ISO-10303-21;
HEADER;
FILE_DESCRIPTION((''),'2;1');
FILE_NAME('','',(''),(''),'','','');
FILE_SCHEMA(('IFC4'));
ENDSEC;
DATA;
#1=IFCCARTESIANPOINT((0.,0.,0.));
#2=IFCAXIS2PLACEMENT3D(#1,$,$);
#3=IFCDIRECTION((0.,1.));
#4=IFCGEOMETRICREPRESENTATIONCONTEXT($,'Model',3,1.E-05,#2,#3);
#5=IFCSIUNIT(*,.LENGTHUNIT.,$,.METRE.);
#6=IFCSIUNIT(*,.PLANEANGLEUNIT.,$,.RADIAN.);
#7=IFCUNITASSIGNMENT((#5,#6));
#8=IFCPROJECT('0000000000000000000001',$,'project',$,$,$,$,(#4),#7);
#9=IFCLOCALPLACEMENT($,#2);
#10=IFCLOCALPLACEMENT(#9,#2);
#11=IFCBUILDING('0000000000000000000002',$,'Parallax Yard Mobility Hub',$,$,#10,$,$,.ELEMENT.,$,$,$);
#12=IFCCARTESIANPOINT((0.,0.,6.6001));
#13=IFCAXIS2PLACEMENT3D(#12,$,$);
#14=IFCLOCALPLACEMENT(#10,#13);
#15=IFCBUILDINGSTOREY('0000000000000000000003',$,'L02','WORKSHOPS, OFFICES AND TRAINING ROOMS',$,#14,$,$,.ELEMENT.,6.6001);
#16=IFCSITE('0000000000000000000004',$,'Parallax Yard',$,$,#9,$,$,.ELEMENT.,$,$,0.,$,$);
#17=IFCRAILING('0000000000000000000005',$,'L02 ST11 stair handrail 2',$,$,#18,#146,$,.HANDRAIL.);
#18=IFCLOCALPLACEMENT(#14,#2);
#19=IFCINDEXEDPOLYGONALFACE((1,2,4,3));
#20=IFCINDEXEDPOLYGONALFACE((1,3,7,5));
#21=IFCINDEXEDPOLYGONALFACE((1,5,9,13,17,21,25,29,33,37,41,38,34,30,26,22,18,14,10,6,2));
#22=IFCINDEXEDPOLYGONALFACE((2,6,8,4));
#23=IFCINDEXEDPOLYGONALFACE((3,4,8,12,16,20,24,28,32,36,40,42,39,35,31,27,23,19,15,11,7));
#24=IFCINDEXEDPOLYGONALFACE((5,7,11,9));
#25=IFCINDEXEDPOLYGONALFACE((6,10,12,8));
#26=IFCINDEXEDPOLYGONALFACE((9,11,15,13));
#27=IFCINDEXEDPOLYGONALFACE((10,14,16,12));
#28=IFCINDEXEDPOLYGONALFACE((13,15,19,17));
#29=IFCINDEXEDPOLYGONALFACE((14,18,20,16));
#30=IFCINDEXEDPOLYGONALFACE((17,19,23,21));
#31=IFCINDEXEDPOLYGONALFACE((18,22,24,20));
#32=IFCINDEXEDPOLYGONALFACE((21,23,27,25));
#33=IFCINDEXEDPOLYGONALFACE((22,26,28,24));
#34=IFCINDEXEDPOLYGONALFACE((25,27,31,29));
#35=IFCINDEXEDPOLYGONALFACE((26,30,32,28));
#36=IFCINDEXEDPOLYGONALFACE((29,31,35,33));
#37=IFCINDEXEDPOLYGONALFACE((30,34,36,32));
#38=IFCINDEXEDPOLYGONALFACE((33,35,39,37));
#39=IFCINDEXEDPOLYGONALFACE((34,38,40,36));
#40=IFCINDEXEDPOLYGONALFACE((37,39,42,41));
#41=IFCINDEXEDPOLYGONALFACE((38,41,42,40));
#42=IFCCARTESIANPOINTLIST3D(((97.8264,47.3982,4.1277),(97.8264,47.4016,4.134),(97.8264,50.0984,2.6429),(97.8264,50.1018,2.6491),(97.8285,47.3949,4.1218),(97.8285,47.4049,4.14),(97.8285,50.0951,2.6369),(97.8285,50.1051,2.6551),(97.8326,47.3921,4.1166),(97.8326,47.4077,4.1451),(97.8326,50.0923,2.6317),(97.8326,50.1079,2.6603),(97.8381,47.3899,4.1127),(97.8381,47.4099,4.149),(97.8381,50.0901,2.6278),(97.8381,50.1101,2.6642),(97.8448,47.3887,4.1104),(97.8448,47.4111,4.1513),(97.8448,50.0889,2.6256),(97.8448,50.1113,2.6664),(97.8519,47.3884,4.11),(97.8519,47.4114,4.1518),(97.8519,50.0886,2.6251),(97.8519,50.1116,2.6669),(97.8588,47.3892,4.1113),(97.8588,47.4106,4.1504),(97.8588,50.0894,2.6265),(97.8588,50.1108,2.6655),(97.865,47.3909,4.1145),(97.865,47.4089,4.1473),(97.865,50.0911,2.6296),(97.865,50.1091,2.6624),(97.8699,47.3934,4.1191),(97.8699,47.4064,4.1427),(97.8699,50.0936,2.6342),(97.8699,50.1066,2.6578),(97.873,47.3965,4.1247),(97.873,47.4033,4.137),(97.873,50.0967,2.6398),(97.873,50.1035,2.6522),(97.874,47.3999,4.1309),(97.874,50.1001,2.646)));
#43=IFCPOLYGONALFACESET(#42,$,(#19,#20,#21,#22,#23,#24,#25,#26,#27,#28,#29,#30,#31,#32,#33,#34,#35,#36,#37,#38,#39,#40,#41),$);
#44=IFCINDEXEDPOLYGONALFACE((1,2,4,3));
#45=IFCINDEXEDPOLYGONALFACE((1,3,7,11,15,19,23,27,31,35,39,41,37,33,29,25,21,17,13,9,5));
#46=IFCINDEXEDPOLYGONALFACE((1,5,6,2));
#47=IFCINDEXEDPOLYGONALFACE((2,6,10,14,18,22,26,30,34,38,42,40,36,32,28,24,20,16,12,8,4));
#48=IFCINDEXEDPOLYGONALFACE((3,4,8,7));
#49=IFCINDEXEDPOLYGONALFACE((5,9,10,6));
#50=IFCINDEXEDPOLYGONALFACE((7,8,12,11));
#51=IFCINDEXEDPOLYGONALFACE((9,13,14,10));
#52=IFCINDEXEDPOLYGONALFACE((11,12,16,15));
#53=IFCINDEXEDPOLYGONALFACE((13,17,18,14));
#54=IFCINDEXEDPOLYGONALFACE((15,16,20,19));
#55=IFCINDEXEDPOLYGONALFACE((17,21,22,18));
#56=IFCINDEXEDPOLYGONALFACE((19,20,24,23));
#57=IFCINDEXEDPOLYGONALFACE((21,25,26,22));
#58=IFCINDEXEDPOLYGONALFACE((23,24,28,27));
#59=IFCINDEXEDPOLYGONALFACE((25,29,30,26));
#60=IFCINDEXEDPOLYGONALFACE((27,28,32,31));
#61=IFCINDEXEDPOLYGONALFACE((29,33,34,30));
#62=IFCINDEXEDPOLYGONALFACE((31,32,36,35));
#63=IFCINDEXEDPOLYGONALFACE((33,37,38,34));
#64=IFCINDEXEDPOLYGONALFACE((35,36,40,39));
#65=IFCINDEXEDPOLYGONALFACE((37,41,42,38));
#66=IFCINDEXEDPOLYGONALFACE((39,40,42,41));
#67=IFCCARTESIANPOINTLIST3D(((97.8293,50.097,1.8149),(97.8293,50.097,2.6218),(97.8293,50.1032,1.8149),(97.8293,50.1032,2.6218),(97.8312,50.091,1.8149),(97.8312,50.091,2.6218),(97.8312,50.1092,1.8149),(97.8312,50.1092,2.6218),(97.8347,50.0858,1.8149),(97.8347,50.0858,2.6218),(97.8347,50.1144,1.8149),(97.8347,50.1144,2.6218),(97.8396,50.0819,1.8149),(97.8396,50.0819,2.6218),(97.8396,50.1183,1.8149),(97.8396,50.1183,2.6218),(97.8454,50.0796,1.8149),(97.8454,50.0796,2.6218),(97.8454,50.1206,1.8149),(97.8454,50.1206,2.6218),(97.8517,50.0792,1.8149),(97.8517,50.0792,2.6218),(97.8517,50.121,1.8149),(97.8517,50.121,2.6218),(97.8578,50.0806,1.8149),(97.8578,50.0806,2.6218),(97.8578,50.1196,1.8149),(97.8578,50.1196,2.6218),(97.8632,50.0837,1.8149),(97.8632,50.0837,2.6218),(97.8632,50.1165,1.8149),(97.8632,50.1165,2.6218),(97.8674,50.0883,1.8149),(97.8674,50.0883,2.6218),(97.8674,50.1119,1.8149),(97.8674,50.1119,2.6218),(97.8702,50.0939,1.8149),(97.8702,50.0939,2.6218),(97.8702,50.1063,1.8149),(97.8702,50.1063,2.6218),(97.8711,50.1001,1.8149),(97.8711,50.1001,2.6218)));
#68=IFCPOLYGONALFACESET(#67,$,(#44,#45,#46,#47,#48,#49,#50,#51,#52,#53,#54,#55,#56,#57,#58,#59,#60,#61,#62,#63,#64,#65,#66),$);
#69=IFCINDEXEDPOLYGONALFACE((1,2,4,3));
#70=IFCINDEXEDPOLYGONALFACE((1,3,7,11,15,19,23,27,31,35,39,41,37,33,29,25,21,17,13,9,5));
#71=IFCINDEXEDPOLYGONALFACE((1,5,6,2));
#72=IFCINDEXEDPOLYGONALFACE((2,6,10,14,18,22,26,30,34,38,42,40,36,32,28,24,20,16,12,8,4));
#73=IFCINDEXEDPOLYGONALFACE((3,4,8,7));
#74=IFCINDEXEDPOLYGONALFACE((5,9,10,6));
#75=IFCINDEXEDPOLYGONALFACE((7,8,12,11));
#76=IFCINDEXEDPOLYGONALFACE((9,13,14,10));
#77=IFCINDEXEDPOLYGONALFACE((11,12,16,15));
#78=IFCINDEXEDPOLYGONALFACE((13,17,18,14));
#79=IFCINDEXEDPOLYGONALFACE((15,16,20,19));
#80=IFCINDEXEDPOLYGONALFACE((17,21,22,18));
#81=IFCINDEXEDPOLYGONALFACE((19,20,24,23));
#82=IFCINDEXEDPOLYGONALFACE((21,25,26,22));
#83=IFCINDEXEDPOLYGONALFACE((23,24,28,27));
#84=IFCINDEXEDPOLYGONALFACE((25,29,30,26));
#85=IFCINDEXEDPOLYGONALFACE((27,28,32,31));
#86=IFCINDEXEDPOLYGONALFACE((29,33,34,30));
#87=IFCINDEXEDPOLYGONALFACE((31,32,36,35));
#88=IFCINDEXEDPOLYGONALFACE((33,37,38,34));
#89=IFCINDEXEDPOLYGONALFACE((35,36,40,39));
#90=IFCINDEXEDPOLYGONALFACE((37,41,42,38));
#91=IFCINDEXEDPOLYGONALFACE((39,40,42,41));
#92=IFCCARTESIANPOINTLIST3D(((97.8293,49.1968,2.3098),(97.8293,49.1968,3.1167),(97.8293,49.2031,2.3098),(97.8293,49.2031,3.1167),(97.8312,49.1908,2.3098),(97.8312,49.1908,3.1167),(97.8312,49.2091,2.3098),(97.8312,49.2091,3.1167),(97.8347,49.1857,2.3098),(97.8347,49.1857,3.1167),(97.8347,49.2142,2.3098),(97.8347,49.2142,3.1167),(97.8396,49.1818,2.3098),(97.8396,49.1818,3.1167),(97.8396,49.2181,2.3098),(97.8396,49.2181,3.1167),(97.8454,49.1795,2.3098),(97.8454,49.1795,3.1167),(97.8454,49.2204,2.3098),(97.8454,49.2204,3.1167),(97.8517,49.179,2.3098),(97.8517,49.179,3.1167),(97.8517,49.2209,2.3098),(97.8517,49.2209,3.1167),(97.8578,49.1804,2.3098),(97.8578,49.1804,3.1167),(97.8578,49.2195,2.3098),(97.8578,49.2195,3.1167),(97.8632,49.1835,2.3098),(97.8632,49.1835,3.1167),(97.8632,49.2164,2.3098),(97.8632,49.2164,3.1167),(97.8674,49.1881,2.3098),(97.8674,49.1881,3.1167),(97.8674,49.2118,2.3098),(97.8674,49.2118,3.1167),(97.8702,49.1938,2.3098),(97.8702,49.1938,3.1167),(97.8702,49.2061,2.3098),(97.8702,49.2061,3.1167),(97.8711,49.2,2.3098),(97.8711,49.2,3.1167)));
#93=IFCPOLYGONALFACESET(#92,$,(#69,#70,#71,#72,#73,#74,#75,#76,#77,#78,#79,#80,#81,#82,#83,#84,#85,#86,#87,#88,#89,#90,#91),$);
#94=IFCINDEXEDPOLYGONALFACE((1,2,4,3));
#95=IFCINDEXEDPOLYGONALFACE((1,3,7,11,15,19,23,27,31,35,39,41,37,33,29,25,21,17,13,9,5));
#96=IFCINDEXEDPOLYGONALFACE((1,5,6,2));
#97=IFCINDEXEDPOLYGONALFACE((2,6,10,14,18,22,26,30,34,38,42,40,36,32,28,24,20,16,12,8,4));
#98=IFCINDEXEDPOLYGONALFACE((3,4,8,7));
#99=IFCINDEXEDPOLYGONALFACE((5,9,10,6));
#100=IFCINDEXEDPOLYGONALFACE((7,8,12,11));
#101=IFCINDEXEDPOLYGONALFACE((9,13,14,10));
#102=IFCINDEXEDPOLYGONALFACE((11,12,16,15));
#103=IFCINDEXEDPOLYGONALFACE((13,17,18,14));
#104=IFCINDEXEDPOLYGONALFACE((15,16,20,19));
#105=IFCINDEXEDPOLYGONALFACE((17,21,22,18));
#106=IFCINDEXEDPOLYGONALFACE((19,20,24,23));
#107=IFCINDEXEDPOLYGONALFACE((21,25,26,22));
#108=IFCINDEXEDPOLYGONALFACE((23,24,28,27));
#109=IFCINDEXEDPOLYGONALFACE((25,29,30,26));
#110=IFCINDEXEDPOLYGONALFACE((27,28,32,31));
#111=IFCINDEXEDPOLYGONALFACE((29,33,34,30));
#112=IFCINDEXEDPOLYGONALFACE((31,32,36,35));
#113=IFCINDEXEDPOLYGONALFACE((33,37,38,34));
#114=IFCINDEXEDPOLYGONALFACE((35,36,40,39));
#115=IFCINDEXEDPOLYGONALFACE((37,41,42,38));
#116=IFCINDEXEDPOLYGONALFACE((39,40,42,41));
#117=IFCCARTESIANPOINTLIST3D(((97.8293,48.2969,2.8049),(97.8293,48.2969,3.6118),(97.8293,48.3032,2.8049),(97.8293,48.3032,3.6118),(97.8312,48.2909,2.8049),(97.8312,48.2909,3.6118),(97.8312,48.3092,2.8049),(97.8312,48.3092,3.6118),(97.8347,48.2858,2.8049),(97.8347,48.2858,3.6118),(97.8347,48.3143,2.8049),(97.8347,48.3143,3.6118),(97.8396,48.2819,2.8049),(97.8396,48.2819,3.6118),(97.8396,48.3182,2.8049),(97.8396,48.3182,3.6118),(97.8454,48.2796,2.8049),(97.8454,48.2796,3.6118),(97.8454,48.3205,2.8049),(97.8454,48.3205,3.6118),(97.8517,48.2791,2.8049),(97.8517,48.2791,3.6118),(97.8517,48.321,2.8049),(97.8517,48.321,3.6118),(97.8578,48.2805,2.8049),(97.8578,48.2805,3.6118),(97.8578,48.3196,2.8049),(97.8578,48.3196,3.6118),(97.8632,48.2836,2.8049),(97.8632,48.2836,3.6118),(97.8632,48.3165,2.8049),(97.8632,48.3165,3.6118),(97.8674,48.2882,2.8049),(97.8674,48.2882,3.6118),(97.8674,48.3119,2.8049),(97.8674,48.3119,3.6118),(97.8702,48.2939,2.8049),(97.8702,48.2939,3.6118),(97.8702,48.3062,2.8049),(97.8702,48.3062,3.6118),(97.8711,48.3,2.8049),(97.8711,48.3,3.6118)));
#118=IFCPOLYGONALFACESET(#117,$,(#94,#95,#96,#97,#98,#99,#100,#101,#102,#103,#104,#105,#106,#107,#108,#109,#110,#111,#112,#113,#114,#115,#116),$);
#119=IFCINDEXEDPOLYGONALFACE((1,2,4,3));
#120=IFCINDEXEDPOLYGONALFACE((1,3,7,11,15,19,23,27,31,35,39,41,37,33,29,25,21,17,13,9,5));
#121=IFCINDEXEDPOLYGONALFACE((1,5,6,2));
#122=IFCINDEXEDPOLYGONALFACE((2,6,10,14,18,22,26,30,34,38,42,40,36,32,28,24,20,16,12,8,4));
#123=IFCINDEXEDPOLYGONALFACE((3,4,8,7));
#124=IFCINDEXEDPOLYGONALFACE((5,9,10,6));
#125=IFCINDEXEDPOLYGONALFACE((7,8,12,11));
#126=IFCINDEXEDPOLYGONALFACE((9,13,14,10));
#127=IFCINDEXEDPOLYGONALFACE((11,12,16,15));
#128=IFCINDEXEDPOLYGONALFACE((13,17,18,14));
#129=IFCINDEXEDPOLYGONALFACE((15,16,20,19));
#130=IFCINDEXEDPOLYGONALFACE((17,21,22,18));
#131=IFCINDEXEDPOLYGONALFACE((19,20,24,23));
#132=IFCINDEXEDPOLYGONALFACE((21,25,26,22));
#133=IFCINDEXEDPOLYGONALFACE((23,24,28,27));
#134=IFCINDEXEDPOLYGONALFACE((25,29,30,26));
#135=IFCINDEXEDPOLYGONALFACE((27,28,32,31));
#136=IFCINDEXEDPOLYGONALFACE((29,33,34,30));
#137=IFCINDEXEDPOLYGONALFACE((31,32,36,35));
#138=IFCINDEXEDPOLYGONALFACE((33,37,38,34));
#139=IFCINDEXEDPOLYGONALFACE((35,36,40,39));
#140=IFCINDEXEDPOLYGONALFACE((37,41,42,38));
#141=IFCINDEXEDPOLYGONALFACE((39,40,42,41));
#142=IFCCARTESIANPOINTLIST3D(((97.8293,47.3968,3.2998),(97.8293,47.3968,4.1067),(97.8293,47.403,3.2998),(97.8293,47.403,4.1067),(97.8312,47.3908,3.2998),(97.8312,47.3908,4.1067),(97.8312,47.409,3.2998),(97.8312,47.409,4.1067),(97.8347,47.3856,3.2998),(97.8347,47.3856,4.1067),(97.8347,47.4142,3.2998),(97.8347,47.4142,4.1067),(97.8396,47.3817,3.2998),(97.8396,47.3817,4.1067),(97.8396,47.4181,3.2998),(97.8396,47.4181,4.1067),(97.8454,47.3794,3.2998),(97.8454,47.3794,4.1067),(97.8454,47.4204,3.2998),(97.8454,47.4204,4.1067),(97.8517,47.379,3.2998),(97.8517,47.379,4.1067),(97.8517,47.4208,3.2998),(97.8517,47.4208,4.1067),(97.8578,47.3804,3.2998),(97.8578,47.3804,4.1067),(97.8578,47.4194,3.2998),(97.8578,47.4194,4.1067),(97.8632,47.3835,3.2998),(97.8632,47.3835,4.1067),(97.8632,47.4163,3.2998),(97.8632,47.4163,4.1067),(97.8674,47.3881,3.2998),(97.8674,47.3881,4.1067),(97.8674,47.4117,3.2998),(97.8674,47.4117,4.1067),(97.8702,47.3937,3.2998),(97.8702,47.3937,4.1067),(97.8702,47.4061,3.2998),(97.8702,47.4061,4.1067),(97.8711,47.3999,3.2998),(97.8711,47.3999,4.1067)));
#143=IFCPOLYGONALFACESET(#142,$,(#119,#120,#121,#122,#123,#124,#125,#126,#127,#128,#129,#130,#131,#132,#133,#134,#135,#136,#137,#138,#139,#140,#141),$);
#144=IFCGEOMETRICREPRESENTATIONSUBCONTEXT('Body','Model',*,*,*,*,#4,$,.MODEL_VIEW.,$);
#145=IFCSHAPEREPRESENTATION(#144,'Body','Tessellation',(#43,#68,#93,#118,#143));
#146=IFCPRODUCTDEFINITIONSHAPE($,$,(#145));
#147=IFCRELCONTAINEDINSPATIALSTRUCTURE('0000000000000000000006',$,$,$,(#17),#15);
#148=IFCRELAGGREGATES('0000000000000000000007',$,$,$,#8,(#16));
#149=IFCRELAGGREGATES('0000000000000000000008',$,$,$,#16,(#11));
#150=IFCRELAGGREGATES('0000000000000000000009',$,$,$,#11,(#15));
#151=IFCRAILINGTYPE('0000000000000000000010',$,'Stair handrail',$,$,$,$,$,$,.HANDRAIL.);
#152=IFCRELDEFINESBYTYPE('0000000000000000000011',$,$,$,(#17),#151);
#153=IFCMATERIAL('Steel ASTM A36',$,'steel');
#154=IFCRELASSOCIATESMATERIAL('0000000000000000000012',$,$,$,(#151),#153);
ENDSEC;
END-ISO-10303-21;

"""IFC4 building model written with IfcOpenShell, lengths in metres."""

from ifc_helpers import new_model, si_unit, direction, frame, origin, origin_2d, place, context, subcontext, project, spatial, circle, extrude, material, type_object, element, save


model = new_model("IFC4")

# Units and contexts
model_context = context("Model", 3, precision=1e-05, world=origin(), true_north=direction((0.0, 1.0)))
body_context = subcontext(model_context, "Body", "Model", "MODEL_VIEW")
ifc_project = project(units=[si_unit("LENGTHUNIT", "METRE"), si_unit("PLANEANGLEUNIT", "RADIAN")], contexts=[model_context])

# Site, building, storey
site_placement = place(None, origin())
site = spatial("IfcSite", under=ifc_project, at=site_placement, Name="Parallax Yard", CompositionType="ELEMENT", RefElevation=0.0)
building_placement = place(site_placement, origin())
building = spatial("IfcBuilding", under=site, at=building_placement, Name="Parallax Yard Mobility Hub", CompositionType="ELEMENT")
storey_placement = place(building_placement, frame((0.0, 0.0, 6.6001)))
storey = spatial("IfcBuildingStorey", under=building, at=storey_placement, Name="L02", Description="WORKSHOPS, OFFICES AND TRAINING ROOMS", CompositionType="ELEMENT", Elevation=6.6001)

# Railing
ifc_material_1 = material(Name="Steel ASTM A36", Category="steel")
railing_type_1 = type_object("IfcRailingType", Name="Stair handrail", PredefinedType="HANDRAIL", material=ifc_material_1)
railing_1_placement = place(storey_placement, frame((97.8501, 50.1001, 1.8149)))
element("IfcRailing", 1, at=railing_1_placement, inside=storey, type_object=railing_type_1, Name="L02 ST11 stair handrail 2", PredefinedType="HANDRAIL", context=body_context, shape_type="SweptSolid", body=[
    extrude(circle(Radius=0.0239, at=origin_2d()), frame((0.0, 0.0, 0.8311), z_axis=(0.0, -0.876249, 0.481858), x_axis=(1.0, 0.0, 0.0)), (0.0, 0.0, 1.0), 3.0815),
    extrude(circle(Radius=0.021, at=origin_2d()), origin(), (0.0, 0.0, 1.0), 0.8069),
    extrude(circle(Radius=0.021, at=origin_2d()), frame((0.0, -0.9001, 0.4949)), (0.0, 0.0, 1.0), 0.8069),
    extrude(circle(Radius=0.021, at=origin_2d()), frame((0.0, -1.8, 0.99)), (0.0, 0.0, 1.0), 0.8069),
    extrude(circle(Radius=0.021, at=origin_2d()), frame((0.0, -2.7002, 1.4849)), (0.0, 0.0, 1.0), 0.8069),
])

save(model, "model.ifc")
